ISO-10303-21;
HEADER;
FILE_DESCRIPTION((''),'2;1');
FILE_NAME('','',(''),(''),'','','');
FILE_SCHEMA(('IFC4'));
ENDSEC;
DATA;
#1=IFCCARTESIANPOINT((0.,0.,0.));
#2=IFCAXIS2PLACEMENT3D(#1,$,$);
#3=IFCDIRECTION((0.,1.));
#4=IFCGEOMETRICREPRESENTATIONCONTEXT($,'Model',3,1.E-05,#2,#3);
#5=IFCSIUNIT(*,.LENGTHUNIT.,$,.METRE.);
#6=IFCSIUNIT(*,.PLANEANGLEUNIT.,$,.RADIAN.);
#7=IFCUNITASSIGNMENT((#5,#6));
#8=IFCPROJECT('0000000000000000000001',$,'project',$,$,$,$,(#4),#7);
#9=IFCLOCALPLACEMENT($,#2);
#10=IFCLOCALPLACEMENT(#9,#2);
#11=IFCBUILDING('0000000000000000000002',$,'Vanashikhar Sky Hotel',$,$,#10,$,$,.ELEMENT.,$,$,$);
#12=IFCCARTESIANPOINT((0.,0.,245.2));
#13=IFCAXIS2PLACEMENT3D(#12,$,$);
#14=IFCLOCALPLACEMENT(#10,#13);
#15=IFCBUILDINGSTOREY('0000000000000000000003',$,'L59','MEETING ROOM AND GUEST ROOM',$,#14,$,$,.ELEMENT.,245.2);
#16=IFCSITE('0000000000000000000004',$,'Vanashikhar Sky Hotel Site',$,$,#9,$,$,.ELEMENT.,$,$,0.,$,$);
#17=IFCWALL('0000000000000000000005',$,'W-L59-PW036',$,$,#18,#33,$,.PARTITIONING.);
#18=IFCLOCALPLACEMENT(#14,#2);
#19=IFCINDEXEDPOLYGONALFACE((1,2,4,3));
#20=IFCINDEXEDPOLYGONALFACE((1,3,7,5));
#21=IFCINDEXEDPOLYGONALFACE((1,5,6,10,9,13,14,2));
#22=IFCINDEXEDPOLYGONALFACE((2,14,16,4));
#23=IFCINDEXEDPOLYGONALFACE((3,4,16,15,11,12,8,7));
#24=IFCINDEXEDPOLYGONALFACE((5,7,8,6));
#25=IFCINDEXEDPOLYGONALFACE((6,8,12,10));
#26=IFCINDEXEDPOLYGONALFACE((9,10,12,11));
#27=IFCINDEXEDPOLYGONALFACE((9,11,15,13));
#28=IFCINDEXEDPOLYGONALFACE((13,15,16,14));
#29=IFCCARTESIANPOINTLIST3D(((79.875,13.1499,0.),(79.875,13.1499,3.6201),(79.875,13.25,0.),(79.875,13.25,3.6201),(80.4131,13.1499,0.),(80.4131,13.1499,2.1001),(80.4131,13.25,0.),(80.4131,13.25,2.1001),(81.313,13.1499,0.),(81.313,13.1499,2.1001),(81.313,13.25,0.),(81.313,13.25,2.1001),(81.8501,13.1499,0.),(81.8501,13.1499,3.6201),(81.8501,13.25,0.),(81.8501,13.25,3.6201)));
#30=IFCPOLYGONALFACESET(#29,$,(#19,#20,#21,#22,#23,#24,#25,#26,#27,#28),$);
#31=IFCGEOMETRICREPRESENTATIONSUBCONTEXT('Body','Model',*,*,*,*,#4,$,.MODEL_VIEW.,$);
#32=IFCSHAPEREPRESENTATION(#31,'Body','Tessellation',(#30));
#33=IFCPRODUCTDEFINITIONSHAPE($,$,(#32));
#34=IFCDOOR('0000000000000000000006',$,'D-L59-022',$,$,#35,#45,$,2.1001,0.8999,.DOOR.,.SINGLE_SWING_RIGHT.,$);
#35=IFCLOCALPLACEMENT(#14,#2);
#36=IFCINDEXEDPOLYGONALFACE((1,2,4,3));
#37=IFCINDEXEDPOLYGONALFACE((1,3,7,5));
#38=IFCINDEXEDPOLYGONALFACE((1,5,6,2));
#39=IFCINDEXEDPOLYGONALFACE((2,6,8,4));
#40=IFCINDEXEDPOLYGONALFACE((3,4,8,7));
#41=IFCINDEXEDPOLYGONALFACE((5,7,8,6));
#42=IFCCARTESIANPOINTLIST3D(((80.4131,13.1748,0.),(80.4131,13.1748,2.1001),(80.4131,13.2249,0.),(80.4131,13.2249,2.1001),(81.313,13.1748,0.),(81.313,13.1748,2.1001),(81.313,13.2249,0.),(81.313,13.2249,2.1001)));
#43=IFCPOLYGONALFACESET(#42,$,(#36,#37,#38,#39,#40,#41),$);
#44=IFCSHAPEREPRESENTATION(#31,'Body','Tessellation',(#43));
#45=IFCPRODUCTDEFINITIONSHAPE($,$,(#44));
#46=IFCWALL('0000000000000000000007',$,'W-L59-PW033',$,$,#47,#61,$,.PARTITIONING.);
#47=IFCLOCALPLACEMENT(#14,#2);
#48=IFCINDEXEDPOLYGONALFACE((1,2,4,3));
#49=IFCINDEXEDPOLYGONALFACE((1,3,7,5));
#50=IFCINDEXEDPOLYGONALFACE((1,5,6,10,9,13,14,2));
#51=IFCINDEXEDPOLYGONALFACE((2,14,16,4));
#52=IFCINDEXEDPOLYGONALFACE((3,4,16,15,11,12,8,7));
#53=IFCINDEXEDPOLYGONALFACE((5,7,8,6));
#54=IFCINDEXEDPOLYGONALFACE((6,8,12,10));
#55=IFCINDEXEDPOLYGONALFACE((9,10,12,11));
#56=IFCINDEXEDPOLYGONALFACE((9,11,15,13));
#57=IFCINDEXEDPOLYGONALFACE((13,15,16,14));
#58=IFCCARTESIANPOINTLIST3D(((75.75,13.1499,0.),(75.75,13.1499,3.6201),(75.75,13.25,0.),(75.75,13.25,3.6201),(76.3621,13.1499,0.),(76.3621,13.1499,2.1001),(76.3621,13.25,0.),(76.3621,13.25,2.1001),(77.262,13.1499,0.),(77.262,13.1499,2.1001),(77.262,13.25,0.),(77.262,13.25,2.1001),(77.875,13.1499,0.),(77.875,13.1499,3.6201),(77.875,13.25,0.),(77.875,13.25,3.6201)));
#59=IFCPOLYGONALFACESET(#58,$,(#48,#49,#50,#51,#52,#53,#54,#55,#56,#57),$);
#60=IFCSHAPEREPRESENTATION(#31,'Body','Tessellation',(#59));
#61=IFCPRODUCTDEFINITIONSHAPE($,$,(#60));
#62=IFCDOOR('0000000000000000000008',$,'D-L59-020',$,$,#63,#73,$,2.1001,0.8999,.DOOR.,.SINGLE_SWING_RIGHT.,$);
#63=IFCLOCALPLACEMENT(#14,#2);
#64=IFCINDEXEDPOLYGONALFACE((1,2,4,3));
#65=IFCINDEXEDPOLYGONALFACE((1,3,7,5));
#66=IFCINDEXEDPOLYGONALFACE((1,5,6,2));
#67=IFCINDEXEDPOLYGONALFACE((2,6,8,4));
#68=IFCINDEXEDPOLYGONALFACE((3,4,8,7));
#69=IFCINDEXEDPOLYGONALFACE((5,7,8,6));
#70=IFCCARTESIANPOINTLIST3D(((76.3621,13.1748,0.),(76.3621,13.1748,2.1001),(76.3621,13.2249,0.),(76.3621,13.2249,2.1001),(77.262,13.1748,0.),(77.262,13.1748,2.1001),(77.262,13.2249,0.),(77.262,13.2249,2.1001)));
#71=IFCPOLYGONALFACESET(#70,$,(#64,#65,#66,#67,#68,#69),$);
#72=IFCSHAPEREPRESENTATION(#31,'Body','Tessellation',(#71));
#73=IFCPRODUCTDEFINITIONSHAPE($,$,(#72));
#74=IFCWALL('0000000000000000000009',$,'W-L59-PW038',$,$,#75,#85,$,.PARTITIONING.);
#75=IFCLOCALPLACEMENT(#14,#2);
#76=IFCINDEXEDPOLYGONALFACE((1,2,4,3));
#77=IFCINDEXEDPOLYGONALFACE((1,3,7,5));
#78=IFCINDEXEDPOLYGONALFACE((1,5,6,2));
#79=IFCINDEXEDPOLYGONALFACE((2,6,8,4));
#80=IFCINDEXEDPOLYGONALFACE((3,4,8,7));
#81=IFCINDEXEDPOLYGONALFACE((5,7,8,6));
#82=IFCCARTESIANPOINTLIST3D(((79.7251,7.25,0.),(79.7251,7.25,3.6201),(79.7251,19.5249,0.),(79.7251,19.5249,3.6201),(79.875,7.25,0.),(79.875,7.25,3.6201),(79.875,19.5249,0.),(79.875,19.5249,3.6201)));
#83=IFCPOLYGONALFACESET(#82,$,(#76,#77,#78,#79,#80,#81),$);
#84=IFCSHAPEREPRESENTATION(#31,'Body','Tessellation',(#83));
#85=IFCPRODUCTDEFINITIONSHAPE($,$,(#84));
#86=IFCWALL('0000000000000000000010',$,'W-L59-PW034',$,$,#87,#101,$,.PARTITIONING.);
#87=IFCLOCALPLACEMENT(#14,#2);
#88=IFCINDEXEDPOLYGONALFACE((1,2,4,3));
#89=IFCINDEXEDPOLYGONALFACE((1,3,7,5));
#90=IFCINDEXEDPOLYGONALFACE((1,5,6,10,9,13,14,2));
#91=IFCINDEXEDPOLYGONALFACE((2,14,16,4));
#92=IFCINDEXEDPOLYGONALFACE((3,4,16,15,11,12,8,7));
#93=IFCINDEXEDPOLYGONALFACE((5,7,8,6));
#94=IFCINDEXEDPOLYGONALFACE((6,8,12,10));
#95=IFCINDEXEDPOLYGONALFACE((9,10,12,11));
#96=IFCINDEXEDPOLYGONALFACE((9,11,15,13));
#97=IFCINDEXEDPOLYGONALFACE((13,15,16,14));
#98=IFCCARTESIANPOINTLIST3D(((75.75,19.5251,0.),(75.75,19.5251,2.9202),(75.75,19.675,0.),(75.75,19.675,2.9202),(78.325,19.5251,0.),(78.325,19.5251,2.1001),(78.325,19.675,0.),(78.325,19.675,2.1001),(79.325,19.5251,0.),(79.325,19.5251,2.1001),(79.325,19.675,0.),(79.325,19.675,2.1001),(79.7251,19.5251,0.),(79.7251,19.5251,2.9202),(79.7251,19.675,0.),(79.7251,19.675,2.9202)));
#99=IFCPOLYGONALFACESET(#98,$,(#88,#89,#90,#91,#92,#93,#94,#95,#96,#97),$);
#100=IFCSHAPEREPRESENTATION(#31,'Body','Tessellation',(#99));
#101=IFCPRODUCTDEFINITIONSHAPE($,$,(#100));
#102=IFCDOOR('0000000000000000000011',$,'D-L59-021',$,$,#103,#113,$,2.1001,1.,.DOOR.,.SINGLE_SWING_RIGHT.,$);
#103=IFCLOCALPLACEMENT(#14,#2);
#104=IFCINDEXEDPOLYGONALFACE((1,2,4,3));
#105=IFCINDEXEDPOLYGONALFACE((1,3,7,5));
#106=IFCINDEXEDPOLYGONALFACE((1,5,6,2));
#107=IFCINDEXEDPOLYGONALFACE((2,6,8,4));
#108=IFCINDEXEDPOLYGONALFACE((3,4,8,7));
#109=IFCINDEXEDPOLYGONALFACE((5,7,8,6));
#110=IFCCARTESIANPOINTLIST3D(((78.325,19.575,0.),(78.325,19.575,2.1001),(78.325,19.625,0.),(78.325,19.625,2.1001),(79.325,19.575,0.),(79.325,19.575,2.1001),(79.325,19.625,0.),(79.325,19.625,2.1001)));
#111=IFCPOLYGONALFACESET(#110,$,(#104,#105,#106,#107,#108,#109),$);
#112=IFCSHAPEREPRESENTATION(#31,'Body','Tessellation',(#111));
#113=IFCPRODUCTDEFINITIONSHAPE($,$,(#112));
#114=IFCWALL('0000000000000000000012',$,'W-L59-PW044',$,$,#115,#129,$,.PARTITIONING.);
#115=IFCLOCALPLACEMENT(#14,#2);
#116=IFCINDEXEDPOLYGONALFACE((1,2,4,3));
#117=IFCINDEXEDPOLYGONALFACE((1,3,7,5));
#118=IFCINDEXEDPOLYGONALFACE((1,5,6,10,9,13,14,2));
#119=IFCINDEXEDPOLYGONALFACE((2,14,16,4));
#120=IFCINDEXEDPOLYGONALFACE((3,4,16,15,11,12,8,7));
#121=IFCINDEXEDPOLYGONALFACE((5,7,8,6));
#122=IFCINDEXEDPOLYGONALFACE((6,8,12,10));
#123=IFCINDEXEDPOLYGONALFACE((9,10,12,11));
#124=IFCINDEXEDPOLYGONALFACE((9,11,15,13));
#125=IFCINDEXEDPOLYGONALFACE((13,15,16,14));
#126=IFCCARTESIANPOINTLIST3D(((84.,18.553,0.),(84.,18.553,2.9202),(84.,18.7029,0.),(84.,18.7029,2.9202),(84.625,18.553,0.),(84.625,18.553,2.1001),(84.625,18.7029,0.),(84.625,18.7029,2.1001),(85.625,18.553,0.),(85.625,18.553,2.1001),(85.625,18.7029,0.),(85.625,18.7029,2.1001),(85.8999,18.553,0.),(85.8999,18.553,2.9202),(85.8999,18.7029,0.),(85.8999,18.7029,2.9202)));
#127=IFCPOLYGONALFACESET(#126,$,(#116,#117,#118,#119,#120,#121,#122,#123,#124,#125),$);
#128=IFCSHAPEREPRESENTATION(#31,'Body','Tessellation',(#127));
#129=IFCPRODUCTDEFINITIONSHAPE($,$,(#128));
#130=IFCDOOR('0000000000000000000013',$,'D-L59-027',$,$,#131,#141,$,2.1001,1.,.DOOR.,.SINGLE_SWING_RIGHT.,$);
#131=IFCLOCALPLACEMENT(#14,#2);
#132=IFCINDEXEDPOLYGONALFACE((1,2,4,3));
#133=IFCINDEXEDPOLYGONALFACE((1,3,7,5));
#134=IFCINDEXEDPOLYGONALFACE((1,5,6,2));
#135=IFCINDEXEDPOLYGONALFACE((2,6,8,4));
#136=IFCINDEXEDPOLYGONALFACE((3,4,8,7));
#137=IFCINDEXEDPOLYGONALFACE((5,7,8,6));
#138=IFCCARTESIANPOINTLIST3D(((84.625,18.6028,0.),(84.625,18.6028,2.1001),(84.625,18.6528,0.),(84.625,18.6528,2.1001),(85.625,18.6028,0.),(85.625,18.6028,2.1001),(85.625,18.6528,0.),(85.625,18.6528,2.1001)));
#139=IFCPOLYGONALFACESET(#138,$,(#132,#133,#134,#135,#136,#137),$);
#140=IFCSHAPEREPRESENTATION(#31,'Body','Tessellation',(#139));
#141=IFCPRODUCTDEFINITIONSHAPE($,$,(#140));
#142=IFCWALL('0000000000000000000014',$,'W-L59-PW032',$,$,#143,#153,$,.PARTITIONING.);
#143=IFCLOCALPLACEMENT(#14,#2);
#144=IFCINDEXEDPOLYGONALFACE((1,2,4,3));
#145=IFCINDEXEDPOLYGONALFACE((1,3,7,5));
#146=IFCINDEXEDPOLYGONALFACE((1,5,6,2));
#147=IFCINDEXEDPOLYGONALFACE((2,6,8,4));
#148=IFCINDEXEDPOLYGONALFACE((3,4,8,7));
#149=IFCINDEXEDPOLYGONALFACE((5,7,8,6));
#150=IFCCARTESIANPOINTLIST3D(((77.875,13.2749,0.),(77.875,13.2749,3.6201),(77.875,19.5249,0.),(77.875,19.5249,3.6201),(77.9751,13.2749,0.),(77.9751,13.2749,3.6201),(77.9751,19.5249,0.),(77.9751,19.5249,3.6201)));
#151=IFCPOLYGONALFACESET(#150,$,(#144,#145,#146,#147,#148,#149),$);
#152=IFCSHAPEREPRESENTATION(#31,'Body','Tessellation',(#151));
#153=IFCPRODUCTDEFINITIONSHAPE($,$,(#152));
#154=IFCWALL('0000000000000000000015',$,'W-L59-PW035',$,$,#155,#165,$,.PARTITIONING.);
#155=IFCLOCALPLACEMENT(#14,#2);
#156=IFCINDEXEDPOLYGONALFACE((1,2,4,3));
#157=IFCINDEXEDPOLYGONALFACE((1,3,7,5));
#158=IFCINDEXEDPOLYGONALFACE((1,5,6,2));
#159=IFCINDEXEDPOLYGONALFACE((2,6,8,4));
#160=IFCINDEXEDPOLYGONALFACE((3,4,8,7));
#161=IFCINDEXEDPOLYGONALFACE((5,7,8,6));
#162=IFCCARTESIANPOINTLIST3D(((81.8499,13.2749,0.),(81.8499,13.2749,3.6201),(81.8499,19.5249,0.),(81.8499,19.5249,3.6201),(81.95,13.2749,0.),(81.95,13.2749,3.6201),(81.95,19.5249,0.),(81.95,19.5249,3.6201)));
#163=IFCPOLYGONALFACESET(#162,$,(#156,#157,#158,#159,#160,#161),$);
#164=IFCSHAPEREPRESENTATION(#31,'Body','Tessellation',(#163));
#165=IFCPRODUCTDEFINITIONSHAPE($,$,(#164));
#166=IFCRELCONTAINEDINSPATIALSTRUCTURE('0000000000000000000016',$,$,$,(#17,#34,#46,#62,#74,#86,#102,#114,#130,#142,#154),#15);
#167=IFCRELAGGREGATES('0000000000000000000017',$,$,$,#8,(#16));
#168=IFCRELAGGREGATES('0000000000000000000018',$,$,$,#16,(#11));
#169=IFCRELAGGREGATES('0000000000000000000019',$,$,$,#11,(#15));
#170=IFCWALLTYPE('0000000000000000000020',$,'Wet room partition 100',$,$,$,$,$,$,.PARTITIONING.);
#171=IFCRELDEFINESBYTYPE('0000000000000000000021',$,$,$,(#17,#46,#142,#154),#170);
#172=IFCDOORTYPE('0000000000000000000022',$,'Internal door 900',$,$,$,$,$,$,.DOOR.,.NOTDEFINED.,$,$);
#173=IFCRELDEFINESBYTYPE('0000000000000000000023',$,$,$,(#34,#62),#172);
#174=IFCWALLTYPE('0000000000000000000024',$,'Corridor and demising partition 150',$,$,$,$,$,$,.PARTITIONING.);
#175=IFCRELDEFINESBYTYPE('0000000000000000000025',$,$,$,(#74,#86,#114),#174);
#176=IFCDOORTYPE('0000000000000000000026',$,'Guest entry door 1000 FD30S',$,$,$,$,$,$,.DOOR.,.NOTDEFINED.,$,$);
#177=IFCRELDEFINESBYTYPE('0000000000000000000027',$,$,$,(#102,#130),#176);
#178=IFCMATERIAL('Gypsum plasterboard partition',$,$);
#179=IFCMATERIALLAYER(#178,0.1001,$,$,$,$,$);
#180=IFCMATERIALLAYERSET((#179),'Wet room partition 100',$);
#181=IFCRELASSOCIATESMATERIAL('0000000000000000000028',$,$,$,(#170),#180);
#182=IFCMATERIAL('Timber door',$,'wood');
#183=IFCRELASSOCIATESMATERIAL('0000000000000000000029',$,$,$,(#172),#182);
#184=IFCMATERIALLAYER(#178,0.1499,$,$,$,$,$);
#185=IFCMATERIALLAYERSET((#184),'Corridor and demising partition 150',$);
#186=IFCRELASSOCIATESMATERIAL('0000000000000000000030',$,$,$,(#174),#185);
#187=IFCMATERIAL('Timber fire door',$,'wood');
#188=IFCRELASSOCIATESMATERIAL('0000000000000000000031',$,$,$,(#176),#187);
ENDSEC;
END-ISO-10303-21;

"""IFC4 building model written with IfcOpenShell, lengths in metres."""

from ifc_helpers import new_model, si_unit, direction, frame, frame_2d, origin, place, context, subcontext, project, spatial, rectangle, extrude, source, transform, mapped, material, layer, layer_set, type_object, element, fill, save


model = new_model("IFC4")

# Units and contexts
model_context = context("Model", 3, precision=1e-05, world=origin(), true_north=direction((0.0, 1.0)))
body_context = subcontext(model_context, "Body", "Model", "MODEL_VIEW")
ifc_project = project(units=[si_unit("LENGTHUNIT", "METRE"), si_unit("PLANEANGLEUNIT", "RADIAN")], contexts=[model_context])

# Site, building, storey
site_placement = place(None, origin())
site = spatial("IfcSite", under=ifc_project, at=site_placement, Name="Vanashikhar Sky Hotel Site", CompositionType="ELEMENT", RefElevation=0.0)
building_placement = place(site_placement, origin())
building = spatial("IfcBuilding", under=site, at=building_placement, Name="Vanashikhar Sky Hotel", CompositionType="ELEMENT")
storey_placement = place(building_placement, frame((0.0, 0.0, 245.2)))
storey = spatial("IfcBuildingStorey", under=building, at=storey_placement, Name="L59", Description="MEETING ROOM AND GUEST ROOM", CompositionType="ELEMENT", Elevation=245.2)

# Walls, openings, doors
ifc_material_1 = material(Name="Gypsum plasterboard partition")
ifc_layer_1 = layer(ifc_material_1, 0.1001)
ifc_layer_set_1 = layer_set([ifc_layer_1], Name="Wet room partition 100")
wall_type_1 = type_object("IfcWallType", Name="Wet room partition 100", PredefinedType="PARTITIONING", material=ifc_layer_set_1)
shared_shape_1 = source(origin(), body_context, "Body", "SweptSolid", [
    extrude(rectangle(XDim=1.9751, YDim=0.1001, at=frame_2d((0.9875, 0.0))), origin(), (0.0, 0.0, 1.0), 3.6201),
])
wall_1_placement = place(storey_placement, frame((79.875, 13.2, 0.0), z_axis=(0.0, 0.0, 1.0), x_axis=(1.0, 0.0, 0.0)))
wall_1 = element("IfcWall", 1, at=wall_1_placement, inside=storey, type_object=wall_type_1, Name="W-L59-PW036", PredefinedType="PARTITIONING", context=body_context, shape_type="MappedRepresentation", body=[
    mapped(shared_shape_1, transform((0.0, 0.0, 0.0), scale=1.0)),
])
shared_shape_2 = source(origin(), body_context, "Body", "SweptSolid", [
    extrude(rectangle(XDim=0.8999, YDim=2.1001, at=frame_2d((0.45, 1.05))), frame((0.0, 0.0601, 0.0), z_axis=(0.0, -1.0, 0.0), x_axis=(1.0, 0.0, 0.0)), (0.0, 0.0, 1.0), 0.1201),
])
opening_1_placement = place(wall_1_placement, frame((0.5381, 0.0, 0.0)))
opening_1 = element("IfcOpeningElement", 2, at=opening_1_placement, cuts=wall_1, PredefinedType="OPENING", context=body_context, shape_type="MappedRepresentation", body=[
    mapped(shared_shape_2, transform((0.0, 0.0, 0.0), scale=1.0)),
])
ifc_material_2 = material(Name="Timber door", Category="wood")
door_type_1 = type_object("IfcDoorType", Name="Internal door 900", OperationType="NOTDEFINED", PredefinedType="DOOR", material=ifc_material_2)
shared_shape_3 = source(origin(), body_context, "Body", "SweptSolid", [
    extrude(rectangle(XDim=0.8999, YDim=2.1001, at=frame_2d((0.45, 1.05))), frame((0.0, 0.0249, 0.0), z_axis=(0.0, -1.0, 0.0), x_axis=(1.0, 0.0, 0.0)), (0.0, 0.0, 1.0), 0.05),
])
door_1_placement = place(opening_1_placement, origin())
door_1 = element("IfcDoor", 3, at=door_1_placement, inside=storey, type_object=door_type_1, Name="D-L59-022", OperationType="SINGLE_SWING_RIGHT", OverallHeight=2.1001, OverallWidth=0.8999, PredefinedType="DOOR", context=body_context, shape_type="MappedRepresentation", body=[
    mapped(shared_shape_3, transform((0.0, 0.0, 0.0), scale=1.0)),
])
fill(opening_1, door_1)
shared_shape_4 = source(origin(), body_context, "Body", "SweptSolid", [
    extrude(rectangle(XDim=2.125, YDim=0.1001, at=frame_2d((1.0625, 0.0))), origin(), (0.0, 0.0, 1.0), 3.6201),
])
wall_2_placement = place(storey_placement, frame((75.75, 13.2, 0.0), z_axis=(0.0, 0.0, 1.0), x_axis=(1.0, 0.0, 0.0)))
wall_2 = element("IfcWall", 4, at=wall_2_placement, inside=storey, type_object=wall_type_1, Name="W-L59-PW033", PredefinedType="PARTITIONING", context=body_context, shape_type="MappedRepresentation", body=[
    mapped(shared_shape_4, transform((0.0, 0.0, 0.0), scale=1.0)),
])
opening_2_placement = place(wall_2_placement, frame((0.6121, 0.0, 0.0)))
opening_2 = element("IfcOpeningElement", 5, at=opening_2_placement, cuts=wall_2, PredefinedType="OPENING", context=body_context, shape_type="MappedRepresentation", body=[
    mapped(shared_shape_2, transform((0.0, 0.0, 0.0), scale=1.0)),
])
door_2_placement = place(opening_2_placement, origin())
door_2 = element("IfcDoor", 6, at=door_2_placement, inside=storey, type_object=door_type_1, Name="D-L59-020", OperationType="SINGLE_SWING_RIGHT", OverallHeight=2.1001, OverallWidth=0.8999, PredefinedType="DOOR", context=body_context, shape_type="MappedRepresentation", body=[
    mapped(shared_shape_3, transform((0.0, 0.0, 0.0), scale=1.0)),
])
fill(opening_2, door_2)

# Wall
ifc_layer_2 = layer(ifc_material_1, 0.1499)
ifc_layer_set_2 = layer_set([ifc_layer_2], Name="Corridor and demising partition 150")
wall_type_2 = type_object("IfcWallType", Name="Corridor and demising partition 150", PredefinedType="PARTITIONING", material=ifc_layer_set_2)
shared_shape_5 = source(origin(), body_context, "Body", "SweptSolid", [
    extrude(rectangle(XDim=12.2749, YDim=0.1499, at=frame_2d((6.1375, 0.0))), origin(), (0.0, 0.0, 1.0), 3.6201),
])
wall_3_placement = place(storey_placement, frame((79.8, 7.25, 0.0), z_axis=(0.0, 0.0, 1.0), x_axis=(0.0, 1.0, 0.0)))
element("IfcWall", 7, at=wall_3_placement, inside=storey, type_object=wall_type_2, Name="W-L59-PW038", PredefinedType="PARTITIONING", context=body_context, shape_type="MappedRepresentation", body=[
    mapped(shared_shape_5, transform((0.0, 0.0, 0.0), scale=1.0)),
])

# Walls, openings, doors
shared_shape_6 = source(origin(), body_context, "Body", "SweptSolid", [
    extrude(rectangle(XDim=3.9751, YDim=0.1499, at=frame_2d((1.9875, 0.0))), origin(), (0.0, 0.0, 1.0), 2.9202),
])
wall_4_placement = place(storey_placement, frame((75.75, 19.6001, 0.0), z_axis=(0.0, 0.0, 1.0), x_axis=(1.0, 0.0, 0.0)))
wall_4 = element("IfcWall", 8, at=wall_4_placement, inside=storey, type_object=wall_type_2, Name="W-L59-PW034", PredefinedType="PARTITIONING", context=body_context, shape_type="MappedRepresentation", body=[
    mapped(shared_shape_6, transform((0.0, 0.0, 0.0), scale=1.0)),
])
shared_shape_7 = source(origin(), body_context, "Body", "SweptSolid", [
    extrude(rectangle(XDim=1.0, YDim=2.1001, at=frame_2d((0.5, 1.05))), frame((0.0, 0.085, 0.0), z_axis=(0.0, -1.0, 0.0), x_axis=(1.0, 0.0, 0.0)), (0.0, 0.0, 1.0), 0.1699),
])
opening_3_placement = place(wall_4_placement, frame((2.575, 0.0, 0.0)))
opening_3 = element("IfcOpeningElement", 9, at=opening_3_placement, cuts=wall_4, PredefinedType="OPENING", context=body_context, shape_type="MappedRepresentation", body=[
    mapped(shared_shape_7, transform((0.0, 0.0, 0.0), scale=1.0)),
])
ifc_material_3 = material(Name="Timber fire door", Category="wood")
door_type_2 = type_object("IfcDoorType", Name="Guest entry door 1000 FD30S", OperationType="NOTDEFINED", PredefinedType="DOOR", material=ifc_material_3)
shared_shape_8 = source(origin(), body_context, "Body", "SweptSolid", [
    extrude(rectangle(XDim=1.0, YDim=2.1001, at=frame_2d((0.5, 1.05))), frame((0.0, 0.0249, 0.0), z_axis=(0.0, -1.0, 0.0), x_axis=(1.0, 0.0, 0.0)), (0.0, 0.0, 1.0), 0.05),
])
door_3_placement = place(opening_3_placement, origin())
door_3 = element("IfcDoor", 10, at=door_3_placement, inside=storey, type_object=door_type_2, Name="D-L59-021", OperationType="SINGLE_SWING_RIGHT", OverallHeight=2.1001, OverallWidth=1.0, PredefinedType="DOOR", context=body_context, shape_type="MappedRepresentation", body=[
    mapped(shared_shape_8, transform((0.0, 0.0, 0.0), scale=1.0)),
])
fill(opening_3, door_3)
shared_shape_9 = source(origin(), body_context, "Body", "SweptSolid", [
    extrude(rectangle(XDim=1.8999, YDim=0.1499, at=frame_2d((0.95, 0.0))), origin(), (0.0, 0.0, 1.0), 2.9202),
])
wall_5_placement = place(storey_placement, frame((84.0, 18.6279, 0.0), z_axis=(0.0, 0.0, 1.0), x_axis=(1.0, 0.0, 0.0)))
wall_5 = element("IfcWall", 11, at=wall_5_placement, inside=storey, type_object=wall_type_2, Name="W-L59-PW044", PredefinedType="PARTITIONING", context=body_context, shape_type="MappedRepresentation", body=[
    mapped(shared_shape_9, transform((0.0, 0.0, 0.0), scale=1.0)),
])
opening_4_placement = place(wall_5_placement, frame((0.625, 0.0, 0.0)))
opening_4 = element("IfcOpeningElement", 12, at=opening_4_placement, cuts=wall_5, PredefinedType="OPENING", context=body_context, shape_type="MappedRepresentation", body=[
    mapped(shared_shape_7, transform((0.0, 0.0, 0.0), scale=1.0)),
])
door_4_placement = place(opening_4_placement, origin())
door_4 = element("IfcDoor", 13, at=door_4_placement, inside=storey, type_object=door_type_2, Name="D-L59-027", OperationType="SINGLE_SWING_RIGHT", OverallHeight=2.1001, OverallWidth=1.0, PredefinedType="DOOR", context=body_context, shape_type="MappedRepresentation", body=[
    mapped(shared_shape_8, transform((0.0, 0.0, 0.0), scale=1.0)),
])
fill(opening_4, door_4)

# Walls
shared_shape_10 = source(origin(), body_context, "Body", "SweptSolid", [
    extrude(rectangle(XDim=6.25, YDim=0.1001, at=frame_2d((3.125, 0.0))), origin(), (0.0, 0.0, 1.0), 3.6201),
])
for number, where, z_axis, x_axis, name in (
    (14, (77.925, 13.2749, 0.0), (0.0, 0.0, 1.0), (0.0, 1.0, 0.0), "W-L59-PW032"),
    (15, (81.8999, 13.2749, 0.0), (0.0, 0.0, 1.0), (0.0, 1.0, 0.0), "W-L59-PW035"),
):
    element("IfcWall", number, at=place(storey_placement, frame(where, z_axis=z_axis, x_axis=x_axis)), inside=storey, type_object=wall_type_1, Name=name, PredefinedType="PARTITIONING", context=body_context, shape_type="MappedRepresentation", body=[
        mapped(shared_shape_10, transform((0.0, 0.0, 0.0), scale=1.0)),
    ])

save(model, "model.ifc")
